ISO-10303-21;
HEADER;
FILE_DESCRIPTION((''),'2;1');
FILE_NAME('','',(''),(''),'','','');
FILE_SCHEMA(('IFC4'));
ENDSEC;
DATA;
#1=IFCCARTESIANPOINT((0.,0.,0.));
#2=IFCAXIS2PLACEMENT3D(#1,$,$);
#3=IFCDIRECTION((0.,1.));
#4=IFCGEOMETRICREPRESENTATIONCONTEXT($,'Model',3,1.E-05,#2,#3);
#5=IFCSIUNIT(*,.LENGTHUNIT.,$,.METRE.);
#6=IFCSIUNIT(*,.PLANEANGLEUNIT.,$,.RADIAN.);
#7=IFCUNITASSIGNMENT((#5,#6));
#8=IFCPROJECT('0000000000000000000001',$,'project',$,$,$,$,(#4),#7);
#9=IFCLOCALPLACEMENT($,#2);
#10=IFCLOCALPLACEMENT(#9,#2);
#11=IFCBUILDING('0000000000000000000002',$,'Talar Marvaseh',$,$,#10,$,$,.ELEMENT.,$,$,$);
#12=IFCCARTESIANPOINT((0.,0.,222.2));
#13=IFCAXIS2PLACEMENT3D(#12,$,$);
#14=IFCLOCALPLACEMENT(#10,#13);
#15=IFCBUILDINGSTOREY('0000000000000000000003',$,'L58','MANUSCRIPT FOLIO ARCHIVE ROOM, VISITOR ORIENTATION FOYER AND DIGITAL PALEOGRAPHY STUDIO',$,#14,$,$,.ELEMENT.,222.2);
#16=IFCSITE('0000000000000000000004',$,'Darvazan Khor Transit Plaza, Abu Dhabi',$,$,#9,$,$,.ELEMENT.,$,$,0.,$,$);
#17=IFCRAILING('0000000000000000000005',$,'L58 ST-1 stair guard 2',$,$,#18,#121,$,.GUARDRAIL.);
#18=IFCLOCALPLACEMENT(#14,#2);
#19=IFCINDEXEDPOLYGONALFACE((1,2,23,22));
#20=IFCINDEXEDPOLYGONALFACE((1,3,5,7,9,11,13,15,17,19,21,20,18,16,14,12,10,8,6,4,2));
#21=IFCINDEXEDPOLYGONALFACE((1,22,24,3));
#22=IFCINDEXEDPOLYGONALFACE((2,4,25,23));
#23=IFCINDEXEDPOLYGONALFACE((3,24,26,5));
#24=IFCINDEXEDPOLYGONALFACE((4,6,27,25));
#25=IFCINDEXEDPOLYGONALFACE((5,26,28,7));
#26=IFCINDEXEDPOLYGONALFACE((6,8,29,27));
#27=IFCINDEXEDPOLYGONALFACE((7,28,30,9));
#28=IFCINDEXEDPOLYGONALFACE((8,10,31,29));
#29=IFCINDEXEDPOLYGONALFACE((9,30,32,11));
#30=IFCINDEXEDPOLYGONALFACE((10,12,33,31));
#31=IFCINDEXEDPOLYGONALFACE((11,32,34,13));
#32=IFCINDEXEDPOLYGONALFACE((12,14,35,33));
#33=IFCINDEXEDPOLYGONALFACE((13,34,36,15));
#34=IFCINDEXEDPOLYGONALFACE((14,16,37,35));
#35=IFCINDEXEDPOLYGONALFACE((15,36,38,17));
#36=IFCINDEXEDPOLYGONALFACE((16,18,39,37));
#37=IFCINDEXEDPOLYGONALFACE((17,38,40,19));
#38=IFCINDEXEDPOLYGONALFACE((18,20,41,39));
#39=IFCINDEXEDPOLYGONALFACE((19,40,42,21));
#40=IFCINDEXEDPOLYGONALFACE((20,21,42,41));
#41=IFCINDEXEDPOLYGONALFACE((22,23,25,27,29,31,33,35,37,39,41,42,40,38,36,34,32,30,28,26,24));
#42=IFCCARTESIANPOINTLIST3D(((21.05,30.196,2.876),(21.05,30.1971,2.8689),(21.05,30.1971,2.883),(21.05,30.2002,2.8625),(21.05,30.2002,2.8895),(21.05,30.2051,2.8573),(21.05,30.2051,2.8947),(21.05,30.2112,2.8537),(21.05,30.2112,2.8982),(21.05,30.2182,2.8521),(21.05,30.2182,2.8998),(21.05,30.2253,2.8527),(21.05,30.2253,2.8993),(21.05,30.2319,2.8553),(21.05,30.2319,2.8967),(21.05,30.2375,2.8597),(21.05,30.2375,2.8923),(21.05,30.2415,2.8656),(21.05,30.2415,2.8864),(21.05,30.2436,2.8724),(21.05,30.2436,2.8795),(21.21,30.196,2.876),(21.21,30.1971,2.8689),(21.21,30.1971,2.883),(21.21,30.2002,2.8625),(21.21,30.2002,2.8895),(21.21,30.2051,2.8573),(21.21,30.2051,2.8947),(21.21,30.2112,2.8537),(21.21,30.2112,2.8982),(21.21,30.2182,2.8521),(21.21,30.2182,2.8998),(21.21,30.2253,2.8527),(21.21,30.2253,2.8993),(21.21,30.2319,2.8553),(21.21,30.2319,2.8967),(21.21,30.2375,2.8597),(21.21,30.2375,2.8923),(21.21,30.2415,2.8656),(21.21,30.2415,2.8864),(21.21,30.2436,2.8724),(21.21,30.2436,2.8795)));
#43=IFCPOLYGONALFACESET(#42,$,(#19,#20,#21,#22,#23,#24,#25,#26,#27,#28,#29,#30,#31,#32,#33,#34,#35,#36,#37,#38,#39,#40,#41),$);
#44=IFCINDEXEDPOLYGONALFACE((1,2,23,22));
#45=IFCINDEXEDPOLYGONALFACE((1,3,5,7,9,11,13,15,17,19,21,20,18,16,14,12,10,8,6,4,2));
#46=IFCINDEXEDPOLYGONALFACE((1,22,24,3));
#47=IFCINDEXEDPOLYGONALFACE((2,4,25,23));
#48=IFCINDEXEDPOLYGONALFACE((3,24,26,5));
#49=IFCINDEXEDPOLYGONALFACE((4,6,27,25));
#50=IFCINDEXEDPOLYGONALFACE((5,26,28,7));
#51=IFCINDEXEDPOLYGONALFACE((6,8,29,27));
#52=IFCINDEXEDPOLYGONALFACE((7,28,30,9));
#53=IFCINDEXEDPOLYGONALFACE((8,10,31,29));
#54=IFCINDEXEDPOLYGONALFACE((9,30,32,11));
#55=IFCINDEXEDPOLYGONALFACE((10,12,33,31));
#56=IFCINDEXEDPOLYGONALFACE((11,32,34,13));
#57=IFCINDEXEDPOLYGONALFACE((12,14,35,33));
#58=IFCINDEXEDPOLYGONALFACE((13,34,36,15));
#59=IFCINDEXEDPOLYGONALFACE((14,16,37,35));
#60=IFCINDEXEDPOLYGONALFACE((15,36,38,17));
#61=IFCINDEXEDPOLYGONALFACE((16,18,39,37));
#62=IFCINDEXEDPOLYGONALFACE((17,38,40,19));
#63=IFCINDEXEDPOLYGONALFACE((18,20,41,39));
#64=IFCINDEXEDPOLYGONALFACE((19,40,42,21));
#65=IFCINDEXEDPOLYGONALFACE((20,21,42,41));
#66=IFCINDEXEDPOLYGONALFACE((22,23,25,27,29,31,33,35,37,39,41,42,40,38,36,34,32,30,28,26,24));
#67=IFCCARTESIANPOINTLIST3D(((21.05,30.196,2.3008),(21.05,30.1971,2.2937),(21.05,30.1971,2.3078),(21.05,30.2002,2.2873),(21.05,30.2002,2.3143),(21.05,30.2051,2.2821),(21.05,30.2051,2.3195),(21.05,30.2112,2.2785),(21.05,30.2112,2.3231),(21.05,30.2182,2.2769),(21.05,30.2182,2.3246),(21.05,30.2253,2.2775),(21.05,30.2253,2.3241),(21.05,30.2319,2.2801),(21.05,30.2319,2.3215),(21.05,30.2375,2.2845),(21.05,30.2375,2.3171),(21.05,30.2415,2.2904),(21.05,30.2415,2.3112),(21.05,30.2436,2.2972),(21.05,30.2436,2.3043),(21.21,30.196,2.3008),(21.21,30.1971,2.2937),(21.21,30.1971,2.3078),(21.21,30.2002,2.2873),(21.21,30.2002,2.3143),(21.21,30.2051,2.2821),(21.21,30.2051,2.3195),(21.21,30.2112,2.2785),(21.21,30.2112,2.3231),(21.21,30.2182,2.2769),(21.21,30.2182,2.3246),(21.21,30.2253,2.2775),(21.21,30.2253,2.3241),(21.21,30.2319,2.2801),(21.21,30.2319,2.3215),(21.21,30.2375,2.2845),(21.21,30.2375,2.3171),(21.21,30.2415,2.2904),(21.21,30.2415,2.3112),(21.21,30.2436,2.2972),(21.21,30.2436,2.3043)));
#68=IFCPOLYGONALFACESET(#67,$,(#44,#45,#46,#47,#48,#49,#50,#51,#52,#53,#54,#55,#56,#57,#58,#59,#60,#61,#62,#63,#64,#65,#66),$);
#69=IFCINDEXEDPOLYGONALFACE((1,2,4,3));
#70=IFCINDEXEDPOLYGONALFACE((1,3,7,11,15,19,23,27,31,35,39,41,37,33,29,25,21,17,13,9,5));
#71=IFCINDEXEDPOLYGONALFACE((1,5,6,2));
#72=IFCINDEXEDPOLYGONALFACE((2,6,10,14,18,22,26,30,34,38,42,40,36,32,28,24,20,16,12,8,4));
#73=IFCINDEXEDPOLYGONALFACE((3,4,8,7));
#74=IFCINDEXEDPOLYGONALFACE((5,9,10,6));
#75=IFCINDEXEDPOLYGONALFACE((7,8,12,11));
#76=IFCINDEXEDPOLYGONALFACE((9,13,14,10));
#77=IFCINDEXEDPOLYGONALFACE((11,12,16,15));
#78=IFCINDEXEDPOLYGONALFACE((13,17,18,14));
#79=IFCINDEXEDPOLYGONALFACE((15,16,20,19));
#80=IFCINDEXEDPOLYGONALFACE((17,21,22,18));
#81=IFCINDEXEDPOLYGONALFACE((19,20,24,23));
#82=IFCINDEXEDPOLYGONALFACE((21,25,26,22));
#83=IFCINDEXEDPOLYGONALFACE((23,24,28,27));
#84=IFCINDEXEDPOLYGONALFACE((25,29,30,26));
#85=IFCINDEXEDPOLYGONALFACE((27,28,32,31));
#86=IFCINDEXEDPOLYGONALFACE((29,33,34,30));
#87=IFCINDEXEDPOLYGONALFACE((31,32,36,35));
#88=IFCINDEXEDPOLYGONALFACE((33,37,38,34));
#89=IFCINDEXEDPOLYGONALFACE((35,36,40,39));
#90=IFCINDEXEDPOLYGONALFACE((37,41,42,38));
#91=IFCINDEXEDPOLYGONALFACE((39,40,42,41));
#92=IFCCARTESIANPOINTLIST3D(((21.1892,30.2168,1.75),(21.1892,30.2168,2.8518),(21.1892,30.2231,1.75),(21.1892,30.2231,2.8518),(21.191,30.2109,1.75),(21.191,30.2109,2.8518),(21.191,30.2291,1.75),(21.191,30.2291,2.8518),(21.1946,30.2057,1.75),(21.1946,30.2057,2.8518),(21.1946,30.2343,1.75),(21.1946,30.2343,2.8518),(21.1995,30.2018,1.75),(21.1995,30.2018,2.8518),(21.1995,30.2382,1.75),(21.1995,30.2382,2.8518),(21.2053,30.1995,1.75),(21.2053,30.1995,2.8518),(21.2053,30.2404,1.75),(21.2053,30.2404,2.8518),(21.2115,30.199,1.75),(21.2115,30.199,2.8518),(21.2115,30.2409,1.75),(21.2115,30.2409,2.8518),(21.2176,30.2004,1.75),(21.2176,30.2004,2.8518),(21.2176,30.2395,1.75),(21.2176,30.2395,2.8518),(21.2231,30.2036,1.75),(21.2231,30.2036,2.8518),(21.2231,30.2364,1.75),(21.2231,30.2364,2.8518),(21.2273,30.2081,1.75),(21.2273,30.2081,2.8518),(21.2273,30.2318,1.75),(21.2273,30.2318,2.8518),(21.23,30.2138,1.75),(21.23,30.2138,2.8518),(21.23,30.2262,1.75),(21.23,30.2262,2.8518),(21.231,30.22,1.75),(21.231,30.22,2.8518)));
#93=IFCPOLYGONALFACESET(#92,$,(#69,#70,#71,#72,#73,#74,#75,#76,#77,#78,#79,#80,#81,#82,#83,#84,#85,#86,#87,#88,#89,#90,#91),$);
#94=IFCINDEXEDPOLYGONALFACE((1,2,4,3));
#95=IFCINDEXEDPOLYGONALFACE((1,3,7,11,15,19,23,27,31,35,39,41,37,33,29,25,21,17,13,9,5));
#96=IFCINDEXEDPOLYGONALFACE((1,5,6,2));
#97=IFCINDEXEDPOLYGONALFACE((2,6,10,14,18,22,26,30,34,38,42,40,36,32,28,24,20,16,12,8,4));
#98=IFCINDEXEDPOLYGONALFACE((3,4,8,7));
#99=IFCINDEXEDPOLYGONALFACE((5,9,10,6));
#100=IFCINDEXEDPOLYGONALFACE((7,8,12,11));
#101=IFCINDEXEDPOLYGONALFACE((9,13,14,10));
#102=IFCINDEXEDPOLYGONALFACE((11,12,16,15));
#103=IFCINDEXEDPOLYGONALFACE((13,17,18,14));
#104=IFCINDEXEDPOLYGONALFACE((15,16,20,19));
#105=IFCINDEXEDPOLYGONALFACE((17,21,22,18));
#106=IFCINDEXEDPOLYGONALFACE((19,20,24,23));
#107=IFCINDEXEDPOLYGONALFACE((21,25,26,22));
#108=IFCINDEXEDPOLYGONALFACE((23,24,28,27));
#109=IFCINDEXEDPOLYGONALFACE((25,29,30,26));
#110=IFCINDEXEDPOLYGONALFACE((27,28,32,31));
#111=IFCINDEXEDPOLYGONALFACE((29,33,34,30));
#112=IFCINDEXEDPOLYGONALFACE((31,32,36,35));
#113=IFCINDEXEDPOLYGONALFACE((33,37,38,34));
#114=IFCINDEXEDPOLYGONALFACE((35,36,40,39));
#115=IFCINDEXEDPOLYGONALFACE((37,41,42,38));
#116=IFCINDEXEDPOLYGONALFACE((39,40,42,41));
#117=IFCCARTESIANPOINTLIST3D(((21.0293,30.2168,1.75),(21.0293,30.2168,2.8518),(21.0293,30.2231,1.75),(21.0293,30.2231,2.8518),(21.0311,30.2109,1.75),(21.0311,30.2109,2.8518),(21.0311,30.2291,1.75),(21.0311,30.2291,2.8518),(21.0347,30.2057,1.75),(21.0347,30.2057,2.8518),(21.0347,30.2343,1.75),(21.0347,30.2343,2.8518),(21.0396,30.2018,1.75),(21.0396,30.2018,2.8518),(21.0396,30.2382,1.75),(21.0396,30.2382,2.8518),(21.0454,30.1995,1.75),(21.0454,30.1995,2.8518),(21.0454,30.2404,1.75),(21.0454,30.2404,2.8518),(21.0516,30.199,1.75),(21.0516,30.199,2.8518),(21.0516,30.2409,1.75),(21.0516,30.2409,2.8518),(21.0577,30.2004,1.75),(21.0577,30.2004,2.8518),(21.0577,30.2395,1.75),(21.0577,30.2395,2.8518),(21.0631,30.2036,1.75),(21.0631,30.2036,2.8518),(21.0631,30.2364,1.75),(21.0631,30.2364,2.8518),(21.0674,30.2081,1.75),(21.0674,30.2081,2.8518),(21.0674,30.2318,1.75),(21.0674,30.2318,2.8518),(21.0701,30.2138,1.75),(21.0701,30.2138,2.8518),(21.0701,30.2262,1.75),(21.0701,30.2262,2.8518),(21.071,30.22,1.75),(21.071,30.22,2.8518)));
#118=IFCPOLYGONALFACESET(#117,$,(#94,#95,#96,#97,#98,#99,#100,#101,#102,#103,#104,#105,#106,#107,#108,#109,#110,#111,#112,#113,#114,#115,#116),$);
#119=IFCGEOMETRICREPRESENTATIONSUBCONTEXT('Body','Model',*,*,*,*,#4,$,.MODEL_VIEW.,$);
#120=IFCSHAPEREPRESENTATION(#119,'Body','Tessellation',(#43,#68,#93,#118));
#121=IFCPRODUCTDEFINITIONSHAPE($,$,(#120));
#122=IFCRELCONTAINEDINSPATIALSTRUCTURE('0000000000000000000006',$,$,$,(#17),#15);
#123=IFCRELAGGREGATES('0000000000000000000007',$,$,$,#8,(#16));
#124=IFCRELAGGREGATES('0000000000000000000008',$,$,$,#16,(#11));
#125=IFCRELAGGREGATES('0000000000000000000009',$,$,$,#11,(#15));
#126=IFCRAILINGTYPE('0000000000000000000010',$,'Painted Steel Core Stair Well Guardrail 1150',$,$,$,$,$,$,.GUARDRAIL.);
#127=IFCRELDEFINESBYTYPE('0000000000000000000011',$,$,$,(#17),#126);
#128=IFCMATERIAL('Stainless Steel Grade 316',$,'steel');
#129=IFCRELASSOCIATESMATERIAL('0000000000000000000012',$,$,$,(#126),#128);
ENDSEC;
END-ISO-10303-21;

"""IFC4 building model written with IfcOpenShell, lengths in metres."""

from ifc_helpers import new_model, si_unit, direction, frame, origin, origin_2d, place, context, subcontext, project, spatial, circle, extrude, material, type_object, element, save


model = new_model("IFC4")

# Units and contexts
model_context = context("Model", 3, precision=1e-05, world=origin(), true_north=direction((0.0, 1.0)))
body_context = subcontext(model_context, "Body", "Model", "MODEL_VIEW")
ifc_project = project(units=[si_unit("LENGTHUNIT", "METRE"), si_unit("PLANEANGLEUNIT", "RADIAN")], contexts=[model_context])

# Site, building, storey
site_placement = place(None, origin())
site = spatial("IfcSite", under=ifc_project, at=site_placement, Name="Darvazan Khor Transit Plaza, Abu Dhabi", CompositionType="ELEMENT", RefElevation=0.0)
building_placement = place(site_placement, origin())
building = spatial("IfcBuilding", under=site, at=building_placement, Name="Talar Marvaseh", CompositionType="ELEMENT")
storey_placement = place(building_placement, frame((0.0, 0.0, 222.2)))
storey = spatial("IfcBuildingStorey", under=building, at=storey_placement, Name="L58", Description="MANUSCRIPT FOLIO ARCHIVE ROOM, VISITOR ORIENTATION FOYER AND DIGITAL PALEOGRAPHY STUDIO", CompositionType="ELEMENT", Elevation=222.2)

# Railing
ifc_material_1 = material(Name="Stainless Steel Grade 316", Category="steel")
railing_type_1 = type_object("IfcRailingType", Name="Painted Steel Core Stair Well Guardrail 1150", PredefinedType="GUARDRAIL", material=ifc_material_1)
railing_1_placement = place(storey_placement, frame((21.21, 30.22, 1.75)))
element("IfcRailing", 1, at=railing_1_placement, inside=storey, type_object=railing_type_1, Name="L58 ST-1 stair guard 2", PredefinedType="GUARDRAIL", context=body_context, shape_type="SweptSolid", body=[
    extrude(circle(Radius=0.0239, at=origin_2d()), frame((0.0, 0.0, 1.126), z_axis=(-1.0, 0.0, 0.0), x_axis=(0.0, -1.0, 0.0)), (0.0, 0.0, 1.0), 0.1599),
    extrude(circle(Radius=0.0239, at=origin_2d()), frame((0.0, 0.0, 0.5508), z_axis=(-1.0, 0.0, 0.0), x_axis=(0.0, -1.0, 0.0)), (0.0, 0.0, 1.0), 0.1599),
    extrude(circle(Radius=0.021, at=origin_2d()), origin(), (0.0, 0.0, 1.0), 1.1018),
    extrude(circle(Radius=0.021, at=origin_2d()), frame((-0.1599, 0.0, 0.0)), (0.0, 0.0, 1.0), 1.1018),
])

save(model, "model.ifc")
